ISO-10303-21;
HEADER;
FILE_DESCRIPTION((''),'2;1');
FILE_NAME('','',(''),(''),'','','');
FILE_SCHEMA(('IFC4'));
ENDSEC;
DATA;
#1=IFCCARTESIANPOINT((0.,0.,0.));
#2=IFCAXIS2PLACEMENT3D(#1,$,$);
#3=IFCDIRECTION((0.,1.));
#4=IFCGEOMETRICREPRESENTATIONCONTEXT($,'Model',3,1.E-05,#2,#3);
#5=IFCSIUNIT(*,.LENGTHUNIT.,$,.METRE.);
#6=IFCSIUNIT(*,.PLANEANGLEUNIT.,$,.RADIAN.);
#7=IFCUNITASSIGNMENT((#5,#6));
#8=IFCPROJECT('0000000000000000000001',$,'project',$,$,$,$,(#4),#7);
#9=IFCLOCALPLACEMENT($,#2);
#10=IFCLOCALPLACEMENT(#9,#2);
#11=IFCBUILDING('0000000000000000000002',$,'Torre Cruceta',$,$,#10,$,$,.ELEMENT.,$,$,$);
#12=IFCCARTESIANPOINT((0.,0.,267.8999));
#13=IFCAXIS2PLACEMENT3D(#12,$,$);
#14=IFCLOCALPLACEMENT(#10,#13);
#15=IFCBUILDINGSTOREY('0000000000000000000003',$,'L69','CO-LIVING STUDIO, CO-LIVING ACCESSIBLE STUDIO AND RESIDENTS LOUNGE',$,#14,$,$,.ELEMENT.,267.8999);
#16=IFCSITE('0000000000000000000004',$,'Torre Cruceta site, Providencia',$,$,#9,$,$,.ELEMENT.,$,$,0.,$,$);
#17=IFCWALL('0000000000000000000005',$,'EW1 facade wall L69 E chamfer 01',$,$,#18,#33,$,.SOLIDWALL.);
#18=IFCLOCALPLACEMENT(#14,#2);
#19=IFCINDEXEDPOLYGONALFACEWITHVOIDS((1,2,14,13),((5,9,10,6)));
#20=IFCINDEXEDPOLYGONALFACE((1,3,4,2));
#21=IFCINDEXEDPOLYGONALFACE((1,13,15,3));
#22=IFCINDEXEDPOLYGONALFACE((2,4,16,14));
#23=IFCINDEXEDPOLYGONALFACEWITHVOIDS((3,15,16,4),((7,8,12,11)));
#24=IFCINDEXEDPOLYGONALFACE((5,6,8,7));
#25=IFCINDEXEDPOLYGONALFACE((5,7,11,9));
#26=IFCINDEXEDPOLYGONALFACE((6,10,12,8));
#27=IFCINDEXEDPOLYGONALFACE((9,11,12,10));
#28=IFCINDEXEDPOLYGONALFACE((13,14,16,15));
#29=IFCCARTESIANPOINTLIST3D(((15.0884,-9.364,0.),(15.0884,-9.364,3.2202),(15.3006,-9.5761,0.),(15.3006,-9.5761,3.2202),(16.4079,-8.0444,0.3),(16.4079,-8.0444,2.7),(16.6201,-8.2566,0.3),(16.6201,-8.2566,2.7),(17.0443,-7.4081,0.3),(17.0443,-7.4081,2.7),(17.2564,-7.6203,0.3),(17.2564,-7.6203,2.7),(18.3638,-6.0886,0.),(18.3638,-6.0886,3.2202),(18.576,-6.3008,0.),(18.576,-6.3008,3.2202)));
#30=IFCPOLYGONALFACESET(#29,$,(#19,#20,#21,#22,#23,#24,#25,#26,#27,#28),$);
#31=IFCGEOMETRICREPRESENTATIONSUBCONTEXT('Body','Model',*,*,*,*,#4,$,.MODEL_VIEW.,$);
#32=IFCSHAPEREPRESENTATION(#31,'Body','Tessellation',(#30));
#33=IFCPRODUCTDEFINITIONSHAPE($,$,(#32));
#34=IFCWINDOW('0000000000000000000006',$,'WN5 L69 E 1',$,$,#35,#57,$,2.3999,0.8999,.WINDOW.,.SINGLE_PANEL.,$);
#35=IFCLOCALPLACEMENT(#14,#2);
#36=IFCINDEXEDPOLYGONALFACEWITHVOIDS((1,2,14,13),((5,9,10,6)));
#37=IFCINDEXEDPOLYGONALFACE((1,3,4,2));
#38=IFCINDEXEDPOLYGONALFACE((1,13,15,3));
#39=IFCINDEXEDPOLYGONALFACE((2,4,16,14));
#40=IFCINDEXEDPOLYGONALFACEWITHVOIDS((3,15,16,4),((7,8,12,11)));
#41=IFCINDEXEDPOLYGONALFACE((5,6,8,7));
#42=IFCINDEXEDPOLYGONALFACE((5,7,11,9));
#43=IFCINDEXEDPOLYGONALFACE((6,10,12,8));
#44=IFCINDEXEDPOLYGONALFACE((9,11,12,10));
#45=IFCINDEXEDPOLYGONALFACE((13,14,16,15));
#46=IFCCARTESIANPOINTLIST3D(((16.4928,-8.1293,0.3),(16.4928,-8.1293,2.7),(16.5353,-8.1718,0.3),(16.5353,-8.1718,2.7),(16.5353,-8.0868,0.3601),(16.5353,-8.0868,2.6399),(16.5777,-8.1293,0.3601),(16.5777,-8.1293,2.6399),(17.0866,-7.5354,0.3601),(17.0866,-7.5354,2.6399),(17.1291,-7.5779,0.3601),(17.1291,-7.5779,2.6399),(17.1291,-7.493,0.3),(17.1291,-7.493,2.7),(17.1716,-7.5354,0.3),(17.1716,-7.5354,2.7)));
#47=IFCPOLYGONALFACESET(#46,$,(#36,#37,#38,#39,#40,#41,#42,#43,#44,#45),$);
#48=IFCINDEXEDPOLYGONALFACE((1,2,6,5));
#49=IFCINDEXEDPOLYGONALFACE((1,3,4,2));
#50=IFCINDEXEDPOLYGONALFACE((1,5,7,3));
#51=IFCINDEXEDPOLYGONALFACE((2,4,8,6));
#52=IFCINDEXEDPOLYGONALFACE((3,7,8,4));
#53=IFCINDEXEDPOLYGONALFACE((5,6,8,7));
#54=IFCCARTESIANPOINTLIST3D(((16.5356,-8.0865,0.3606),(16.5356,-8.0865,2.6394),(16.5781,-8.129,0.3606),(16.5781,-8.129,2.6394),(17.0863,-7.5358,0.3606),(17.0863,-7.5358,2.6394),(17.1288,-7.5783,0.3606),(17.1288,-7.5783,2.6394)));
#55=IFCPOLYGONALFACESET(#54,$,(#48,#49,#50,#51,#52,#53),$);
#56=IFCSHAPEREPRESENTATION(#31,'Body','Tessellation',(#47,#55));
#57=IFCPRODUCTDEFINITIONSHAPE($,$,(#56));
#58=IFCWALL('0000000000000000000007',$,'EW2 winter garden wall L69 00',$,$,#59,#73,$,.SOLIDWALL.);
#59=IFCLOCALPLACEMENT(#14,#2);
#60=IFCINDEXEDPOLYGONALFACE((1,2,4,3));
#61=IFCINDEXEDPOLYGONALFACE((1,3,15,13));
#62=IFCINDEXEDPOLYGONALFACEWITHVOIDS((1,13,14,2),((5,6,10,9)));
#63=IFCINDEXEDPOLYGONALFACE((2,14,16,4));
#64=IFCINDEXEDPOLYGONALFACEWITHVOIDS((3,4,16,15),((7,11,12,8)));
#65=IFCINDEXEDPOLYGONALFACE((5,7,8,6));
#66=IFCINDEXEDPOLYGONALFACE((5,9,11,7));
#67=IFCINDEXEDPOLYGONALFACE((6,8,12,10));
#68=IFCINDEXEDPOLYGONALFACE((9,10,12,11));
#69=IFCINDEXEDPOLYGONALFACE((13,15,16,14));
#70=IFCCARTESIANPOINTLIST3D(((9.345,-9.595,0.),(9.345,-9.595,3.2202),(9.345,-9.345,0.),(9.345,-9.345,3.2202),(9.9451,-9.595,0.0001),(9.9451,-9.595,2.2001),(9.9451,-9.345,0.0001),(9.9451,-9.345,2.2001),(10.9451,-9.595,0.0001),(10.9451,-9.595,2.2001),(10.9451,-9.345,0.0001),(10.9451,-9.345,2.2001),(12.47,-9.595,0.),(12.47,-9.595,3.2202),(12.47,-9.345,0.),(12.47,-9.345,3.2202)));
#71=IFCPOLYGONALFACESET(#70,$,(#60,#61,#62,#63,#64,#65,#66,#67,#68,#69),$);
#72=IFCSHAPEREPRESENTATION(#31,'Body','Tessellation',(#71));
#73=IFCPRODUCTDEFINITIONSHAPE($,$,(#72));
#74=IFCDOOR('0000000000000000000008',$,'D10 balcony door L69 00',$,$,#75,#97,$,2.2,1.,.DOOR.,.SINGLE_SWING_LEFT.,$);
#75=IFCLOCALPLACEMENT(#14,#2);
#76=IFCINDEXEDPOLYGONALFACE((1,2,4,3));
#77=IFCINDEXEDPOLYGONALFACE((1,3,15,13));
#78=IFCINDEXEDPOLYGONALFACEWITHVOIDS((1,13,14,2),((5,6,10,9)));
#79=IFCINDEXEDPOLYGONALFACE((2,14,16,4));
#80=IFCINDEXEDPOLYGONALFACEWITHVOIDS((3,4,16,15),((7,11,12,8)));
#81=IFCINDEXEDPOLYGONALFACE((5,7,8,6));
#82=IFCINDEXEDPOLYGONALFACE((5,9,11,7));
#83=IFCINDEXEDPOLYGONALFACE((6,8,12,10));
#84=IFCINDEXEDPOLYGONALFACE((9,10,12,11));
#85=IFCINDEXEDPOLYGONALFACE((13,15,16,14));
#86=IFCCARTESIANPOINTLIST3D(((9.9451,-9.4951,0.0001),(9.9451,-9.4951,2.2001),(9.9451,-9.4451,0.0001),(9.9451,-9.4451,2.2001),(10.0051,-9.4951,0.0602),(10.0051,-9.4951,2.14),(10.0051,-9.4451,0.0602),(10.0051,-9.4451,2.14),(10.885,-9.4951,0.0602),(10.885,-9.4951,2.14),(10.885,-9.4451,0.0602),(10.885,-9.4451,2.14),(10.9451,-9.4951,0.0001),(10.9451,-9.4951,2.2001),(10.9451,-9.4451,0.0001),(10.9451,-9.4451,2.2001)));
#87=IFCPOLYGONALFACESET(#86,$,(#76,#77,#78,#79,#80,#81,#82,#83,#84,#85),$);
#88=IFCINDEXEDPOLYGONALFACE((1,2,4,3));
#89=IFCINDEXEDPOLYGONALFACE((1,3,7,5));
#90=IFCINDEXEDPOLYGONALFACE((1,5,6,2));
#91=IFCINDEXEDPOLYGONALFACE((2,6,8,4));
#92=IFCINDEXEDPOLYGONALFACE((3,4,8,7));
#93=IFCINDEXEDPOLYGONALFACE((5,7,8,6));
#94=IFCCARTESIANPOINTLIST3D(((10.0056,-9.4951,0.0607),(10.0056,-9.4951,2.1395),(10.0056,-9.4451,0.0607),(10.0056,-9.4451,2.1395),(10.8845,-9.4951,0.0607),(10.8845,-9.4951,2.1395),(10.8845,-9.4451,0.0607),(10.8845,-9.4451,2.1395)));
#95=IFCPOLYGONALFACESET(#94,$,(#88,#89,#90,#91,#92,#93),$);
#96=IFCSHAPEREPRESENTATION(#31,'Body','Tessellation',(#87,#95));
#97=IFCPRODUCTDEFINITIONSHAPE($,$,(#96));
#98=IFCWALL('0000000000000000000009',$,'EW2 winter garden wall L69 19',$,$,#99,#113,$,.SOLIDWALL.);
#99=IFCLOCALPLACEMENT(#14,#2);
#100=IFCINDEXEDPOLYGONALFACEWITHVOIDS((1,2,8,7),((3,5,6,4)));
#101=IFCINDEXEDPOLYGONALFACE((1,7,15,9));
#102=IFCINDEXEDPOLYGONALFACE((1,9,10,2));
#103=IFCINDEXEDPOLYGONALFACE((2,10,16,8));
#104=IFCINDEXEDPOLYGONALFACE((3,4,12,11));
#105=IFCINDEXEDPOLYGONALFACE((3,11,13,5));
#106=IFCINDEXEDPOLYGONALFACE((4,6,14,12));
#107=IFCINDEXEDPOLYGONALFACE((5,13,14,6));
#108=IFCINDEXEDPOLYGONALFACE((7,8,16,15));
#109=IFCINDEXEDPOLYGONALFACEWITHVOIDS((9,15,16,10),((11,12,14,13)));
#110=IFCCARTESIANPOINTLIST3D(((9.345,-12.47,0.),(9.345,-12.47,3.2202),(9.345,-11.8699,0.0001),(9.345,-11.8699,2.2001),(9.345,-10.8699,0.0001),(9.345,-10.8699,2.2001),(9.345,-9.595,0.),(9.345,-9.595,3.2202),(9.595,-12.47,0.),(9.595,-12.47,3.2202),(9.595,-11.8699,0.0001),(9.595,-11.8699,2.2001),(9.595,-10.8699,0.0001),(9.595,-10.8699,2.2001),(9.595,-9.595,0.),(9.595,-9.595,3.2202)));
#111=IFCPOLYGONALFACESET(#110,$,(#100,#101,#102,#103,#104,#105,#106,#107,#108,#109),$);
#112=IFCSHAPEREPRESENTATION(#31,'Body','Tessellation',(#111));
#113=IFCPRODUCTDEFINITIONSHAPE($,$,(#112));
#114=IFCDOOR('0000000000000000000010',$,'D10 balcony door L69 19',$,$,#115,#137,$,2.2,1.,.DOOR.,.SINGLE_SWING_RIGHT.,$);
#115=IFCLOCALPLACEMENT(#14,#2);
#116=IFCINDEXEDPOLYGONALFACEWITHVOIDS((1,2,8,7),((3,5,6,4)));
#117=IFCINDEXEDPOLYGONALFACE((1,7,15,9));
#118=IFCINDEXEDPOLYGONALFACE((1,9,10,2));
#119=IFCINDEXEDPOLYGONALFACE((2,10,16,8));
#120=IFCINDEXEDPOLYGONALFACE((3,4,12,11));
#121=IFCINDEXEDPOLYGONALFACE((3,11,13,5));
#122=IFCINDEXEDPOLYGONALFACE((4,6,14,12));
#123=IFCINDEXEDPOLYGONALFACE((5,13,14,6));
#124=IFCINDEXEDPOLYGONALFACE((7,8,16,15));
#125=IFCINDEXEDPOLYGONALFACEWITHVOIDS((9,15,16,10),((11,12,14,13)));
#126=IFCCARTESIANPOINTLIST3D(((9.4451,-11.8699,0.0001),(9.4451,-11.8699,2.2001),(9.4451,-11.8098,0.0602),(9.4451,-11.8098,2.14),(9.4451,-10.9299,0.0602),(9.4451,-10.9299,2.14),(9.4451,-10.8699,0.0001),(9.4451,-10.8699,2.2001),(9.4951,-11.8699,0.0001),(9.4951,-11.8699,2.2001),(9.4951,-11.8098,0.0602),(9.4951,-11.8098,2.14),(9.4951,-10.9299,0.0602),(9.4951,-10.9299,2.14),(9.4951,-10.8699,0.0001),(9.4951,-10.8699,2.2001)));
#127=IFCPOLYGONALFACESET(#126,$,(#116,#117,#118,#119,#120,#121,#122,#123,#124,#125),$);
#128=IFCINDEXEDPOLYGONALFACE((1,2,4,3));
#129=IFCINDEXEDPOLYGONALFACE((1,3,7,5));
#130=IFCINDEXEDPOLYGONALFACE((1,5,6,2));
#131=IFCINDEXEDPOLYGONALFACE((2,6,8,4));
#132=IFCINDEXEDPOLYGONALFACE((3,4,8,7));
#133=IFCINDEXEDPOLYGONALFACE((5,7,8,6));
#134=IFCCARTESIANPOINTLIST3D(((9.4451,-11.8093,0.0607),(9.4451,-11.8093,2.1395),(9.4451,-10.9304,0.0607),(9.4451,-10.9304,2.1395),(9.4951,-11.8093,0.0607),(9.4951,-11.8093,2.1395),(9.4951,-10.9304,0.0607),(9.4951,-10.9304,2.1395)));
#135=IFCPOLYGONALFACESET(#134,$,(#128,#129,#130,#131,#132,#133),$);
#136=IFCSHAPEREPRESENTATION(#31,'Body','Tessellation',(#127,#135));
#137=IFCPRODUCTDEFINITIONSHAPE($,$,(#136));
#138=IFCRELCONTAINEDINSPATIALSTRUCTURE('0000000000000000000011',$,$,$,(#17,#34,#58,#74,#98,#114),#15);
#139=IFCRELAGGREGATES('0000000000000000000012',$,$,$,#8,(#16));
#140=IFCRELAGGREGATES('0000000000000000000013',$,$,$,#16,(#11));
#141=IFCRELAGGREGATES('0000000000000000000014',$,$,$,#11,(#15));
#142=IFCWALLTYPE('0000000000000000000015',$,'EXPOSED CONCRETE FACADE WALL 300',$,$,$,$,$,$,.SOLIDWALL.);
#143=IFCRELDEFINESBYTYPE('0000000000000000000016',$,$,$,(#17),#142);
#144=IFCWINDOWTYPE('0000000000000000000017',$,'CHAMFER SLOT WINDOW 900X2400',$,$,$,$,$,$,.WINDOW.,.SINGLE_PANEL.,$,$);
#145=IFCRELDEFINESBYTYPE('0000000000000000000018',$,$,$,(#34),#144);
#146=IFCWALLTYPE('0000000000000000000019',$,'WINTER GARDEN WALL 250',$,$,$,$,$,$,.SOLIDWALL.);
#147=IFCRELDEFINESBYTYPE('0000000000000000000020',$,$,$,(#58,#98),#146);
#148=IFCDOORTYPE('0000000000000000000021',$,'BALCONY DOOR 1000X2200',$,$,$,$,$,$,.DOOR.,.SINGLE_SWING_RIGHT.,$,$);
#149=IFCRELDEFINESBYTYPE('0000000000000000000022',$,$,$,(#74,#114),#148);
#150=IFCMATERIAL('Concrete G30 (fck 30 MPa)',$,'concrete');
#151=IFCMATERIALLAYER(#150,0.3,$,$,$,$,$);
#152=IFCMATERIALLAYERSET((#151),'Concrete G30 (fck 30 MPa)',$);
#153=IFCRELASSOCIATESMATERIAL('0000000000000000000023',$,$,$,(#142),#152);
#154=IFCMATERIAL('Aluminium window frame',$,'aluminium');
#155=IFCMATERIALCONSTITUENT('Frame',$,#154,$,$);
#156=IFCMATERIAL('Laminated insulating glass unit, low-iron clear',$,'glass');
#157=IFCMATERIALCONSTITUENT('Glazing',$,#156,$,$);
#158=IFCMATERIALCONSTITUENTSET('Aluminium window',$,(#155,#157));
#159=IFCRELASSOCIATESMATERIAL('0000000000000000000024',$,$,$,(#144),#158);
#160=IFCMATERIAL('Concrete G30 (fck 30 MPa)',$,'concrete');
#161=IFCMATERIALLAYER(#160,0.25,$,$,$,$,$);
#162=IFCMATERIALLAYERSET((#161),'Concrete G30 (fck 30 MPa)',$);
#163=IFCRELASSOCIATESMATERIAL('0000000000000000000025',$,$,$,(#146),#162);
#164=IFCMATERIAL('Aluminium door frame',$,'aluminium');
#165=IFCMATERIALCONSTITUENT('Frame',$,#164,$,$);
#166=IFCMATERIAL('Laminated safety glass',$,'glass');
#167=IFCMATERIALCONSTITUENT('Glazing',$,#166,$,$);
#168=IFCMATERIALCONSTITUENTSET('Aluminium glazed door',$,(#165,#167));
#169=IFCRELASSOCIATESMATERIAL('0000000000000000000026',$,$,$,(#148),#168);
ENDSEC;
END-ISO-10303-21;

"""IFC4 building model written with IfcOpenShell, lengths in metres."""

from ifc_helpers import new_model, si_unit, direction, frame, frame_2d, origin, place, context, subcontext, project, spatial, rectangle, hollow_rectangle, extrude, material, layer, layer_set, constituent, constituent_set, type_object, element, fill, save


model = new_model("IFC4")

# Units and contexts
model_context = context("Model", 3, precision=1e-05, world=origin(), true_north=direction((0.0, 1.0)))
body_context = subcontext(model_context, "Body", "Model", "MODEL_VIEW")
ifc_project = project(units=[si_unit("LENGTHUNIT", "METRE"), si_unit("PLANEANGLEUNIT", "RADIAN")], contexts=[model_context])

# Site, building, storey
site_placement = place(None, origin())
site = spatial("IfcSite", under=ifc_project, at=site_placement, Name="Torre Cruceta site, Providencia", CompositionType="ELEMENT", RefElevation=0.0)
building_placement = place(site_placement, origin())
building = spatial("IfcBuilding", under=site, at=building_placement, Name="Torre Cruceta", CompositionType="ELEMENT")
storey_placement = place(building_placement, frame((0.0, 0.0, 267.8999)))
storey = spatial("IfcBuildingStorey", under=building, at=storey_placement, Name="L69", Description="CO-LIVING STUDIO, CO-LIVING ACCESSIBLE STUDIO AND RESIDENTS LOUNGE", CompositionType="ELEMENT", Elevation=267.8999)

# Wall, opening, window
ifc_material_1 = material(Name="Concrete G30 (fck 30 MPa)", Category="concrete")
ifc_layer_1 = layer(ifc_material_1, 0.3)
ifc_layer_set_1 = layer_set([ifc_layer_1], Name="Concrete G30 (fck 30 MPa)")
wall_type_1 = type_object("IfcWallType", Name="EXPOSED CONCRETE FACADE WALL 300", PredefinedType="SOLIDWALL", material=ifc_layer_set_1)
wall_1_placement = place(storey_placement, frame((15.1946, -9.47, 0.0), z_axis=(0.0, 0.0, 1.0), x_axis=(0.707107, 0.707107, 0.0)))
wall_1 = element("IfcWall", 1, at=wall_1_placement, inside=storey, type_object=wall_type_1, Name="EW1 facade wall L69 E chamfer 01", PredefinedType="SOLIDWALL", context=body_context, shape_type="SweptSolid", body=[
    extrude(rectangle(XDim=4.6321, YDim=0.3, at=frame_2d((2.3159, 0.0))), origin(), (0.0, 0.0, 1.0), 3.2202),
])
opening_1_placement = place(wall_1_placement, frame((1.866, 0.0, 0.3)))
opening_1 = element("IfcOpeningElement", 2, at=opening_1_placement, cuts=wall_1, PredefinedType="OPENING", context=body_context, shape_type="SweptSolid", body=[
    extrude(rectangle(XDim=0.8999, YDim=2.3999, at=frame_2d((0.45, 1.2))), frame((0.0, 0.1599, 0.0), z_axis=(0.0, -1.0, 0.0), x_axis=(1.0, 0.0, 0.0)), (0.0, 0.0, 1.0), 0.3201),
])
ifc_material_2 = material(Name="Aluminium window frame", Category="aluminium")
ifc_constituent_1 = constituent(ifc_material_2, Name="Frame")
ifc_material_3 = material(Name="Laminated insulating glass unit, low-iron clear", Category="glass")
ifc_constituent_2 = constituent(ifc_material_3, Name="Glazing")
ifc_constituent_set_1 = constituent_set(constituents=[ifc_constituent_1, ifc_constituent_2], Name="Aluminium window")
window_type = type_object("IfcWindowType", Name="CHAMFER SLOT WINDOW 900X2400", PartitioningType="SINGLE_PANEL", PredefinedType="WINDOW", material=ifc_constituent_set_1)
window_placement = place(opening_1_placement, origin())
window = element("IfcWindow", 3, at=window_placement, inside=storey, type_object=window_type, Name="WN5 L69 E 1", OverallHeight=2.3999, OverallWidth=0.8999, PartitioningType="SINGLE_PANEL", PredefinedType="WINDOW", context=body_context, shape_type="SweptSolid", body=[
    extrude(hollow_rectangle(XDim=0.8999, YDim=2.3999, WallThickness=0.0601, at=frame_2d((0.45, 1.2))), frame((0.0, 0.03, 0.0), z_axis=(0.0, -1.0, 0.0), x_axis=(1.0, 0.0, 0.0)), (0.0, 0.0, 1.0), 0.0601),
    extrude(rectangle(XDim=0.7788, YDim=2.2788, at=frame_2d((0.45, 1.2))), frame((0.0, 0.03, 0.0), z_axis=(0.0, -1.0, 0.0), x_axis=(1.0, 0.0, 0.0)), (0.0, 0.0, 1.0), 0.0601),
])
fill(opening_1, window)

# Walls, openings, doors
ifc_material_4 = material(Name="Concrete G30 (fck 30 MPa)", Category="concrete")
ifc_layer_2 = layer(ifc_material_4, 0.25)
ifc_layer_set_2 = layer_set([ifc_layer_2], Name="Concrete G30 (fck 30 MPa)")
wall_type_2 = type_object("IfcWallType", Name="WINTER GARDEN WALL 250", PredefinedType="SOLIDWALL", material=ifc_layer_set_2)
wall_2_placement = place(storey_placement, frame((9.345, -9.47, 0.0), z_axis=(0.0, 0.0, 1.0), x_axis=(1.0, 0.0, 0.0)))
wall_2 = element("IfcWall", 4, at=wall_2_placement, inside=storey, type_object=wall_type_2, Name="EW2 winter garden wall L69 00", PredefinedType="SOLIDWALL", context=body_context, shape_type="SweptSolid", body=[
    extrude(rectangle(XDim=3.125, YDim=0.25, at=frame_2d((1.5625, 0.0))), origin(), (0.0, 0.0, 1.0), 3.2202),
])
opening_2_placement = place(wall_2_placement, frame((0.6001, 0.0, 0.0)))
opening_2 = element("IfcOpeningElement", 5, at=opening_2_placement, cuts=wall_2, PredefinedType="OPENING", context=body_context, shape_type="SweptSolid", body=[
    extrude(rectangle(XDim=1.0, YDim=2.2, at=frame_2d((0.5, 1.1001))), frame((0.0, 0.135, 0.0), z_axis=(0.0, -1.0, 0.0), x_axis=(1.0, 0.0, 0.0)), (0.0, 0.0, 1.0), 0.27),
])
ifc_material_5 = material(Name="Aluminium door frame", Category="aluminium")
ifc_constituent_3 = constituent(ifc_material_5, Name="Frame")
ifc_material_6 = material(Name="Laminated safety glass", Category="glass")
ifc_constituent_4 = constituent(ifc_material_6, Name="Glazing")
ifc_constituent_set_2 = constituent_set(constituents=[ifc_constituent_3, ifc_constituent_4], Name="Aluminium glazed door")
door_type_1 = type_object("IfcDoorType", Name="BALCONY DOOR 1000X2200", OperationType="SINGLE_SWING_RIGHT", PredefinedType="DOOR", material=ifc_constituent_set_2)
door_1_placement = place(opening_2_placement, origin())
door_1 = element("IfcDoor", 6, at=door_1_placement, inside=storey, type_object=door_type_1, Name="D10 balcony door L69 00", OperationType="SINGLE_SWING_LEFT", OverallHeight=2.2, OverallWidth=1.0, PredefinedType="DOOR", context=body_context, shape_type="SweptSolid", body=[
    extrude(hollow_rectangle(XDim=1.0, YDim=2.2, WallThickness=0.0601, at=frame_2d((0.5, 1.1001))), frame((0.0, 0.0249, 0.0), z_axis=(0.0, -1.0, 0.0), x_axis=(1.0, 0.0, 0.0)), (0.0, 0.0, 1.0), 0.05),
    extrude(rectangle(XDim=0.8789, YDim=2.0789, at=frame_2d((0.5, 1.1001))), frame((0.0, 0.0249, 0.0), z_axis=(0.0, -1.0, 0.0), x_axis=(1.0, 0.0, 0.0)), (0.0, 0.0, 1.0), 0.05),
])
fill(opening_2, door_1)
wall_3_placement = place(storey_placement, frame((9.47, -12.47, 0.0), z_axis=(0.0, 0.0, 1.0), x_axis=(0.0, 1.0, 0.0)))
wall_3 = element("IfcWall", 7, at=wall_3_placement, inside=storey, type_object=wall_type_2, Name="EW2 winter garden wall L69 19", PredefinedType="SOLIDWALL", context=body_context, shape_type="SweptSolid", body=[
    extrude(rectangle(XDim=2.875, YDim=0.25, at=frame_2d((1.4375, 0.0))), origin(), (0.0, 0.0, 1.0), 3.2202),
])
opening_3_placement = place(wall_3_placement, frame((0.6001, 0.0, 0.0)))
opening_3 = element("IfcOpeningElement", 8, at=opening_3_placement, cuts=wall_3, PredefinedType="OPENING", context=body_context, shape_type="SweptSolid", body=[
    extrude(rectangle(XDim=1.0, YDim=2.2, at=frame_2d((0.5, 1.1001))), frame((0.0, 0.135, 0.0), z_axis=(0.0, -1.0, 0.0), x_axis=(1.0, 0.0, 0.0)), (0.0, 0.0, 1.0), 0.27),
])
door_2_placement = place(opening_3_placement, origin())
door_2 = element("IfcDoor", 9, at=door_2_placement, inside=storey, type_object=door_type_1, Name="D10 balcony door L69 19", OperationType="SINGLE_SWING_RIGHT", OverallHeight=2.2, OverallWidth=1.0, PredefinedType="DOOR", context=body_context, shape_type="SweptSolid", body=[
    extrude(hollow_rectangle(XDim=1.0, YDim=2.2, WallThickness=0.0601, at=frame_2d((0.5, 1.1001))), frame((0.0, 0.0249, 0.0), z_axis=(0.0, -1.0, 0.0), x_axis=(1.0, 0.0, 0.0)), (0.0, 0.0, 1.0), 0.05),
    extrude(rectangle(XDim=0.8789, YDim=2.0789, at=frame_2d((0.5, 1.1001))), frame((0.0, 0.0249, 0.0), z_axis=(0.0, -1.0, 0.0), x_axis=(1.0, 0.0, 0.0)), (0.0, 0.0, 1.0), 0.05),
])
fill(opening_3, door_2)

save(model, "model.ifc")
